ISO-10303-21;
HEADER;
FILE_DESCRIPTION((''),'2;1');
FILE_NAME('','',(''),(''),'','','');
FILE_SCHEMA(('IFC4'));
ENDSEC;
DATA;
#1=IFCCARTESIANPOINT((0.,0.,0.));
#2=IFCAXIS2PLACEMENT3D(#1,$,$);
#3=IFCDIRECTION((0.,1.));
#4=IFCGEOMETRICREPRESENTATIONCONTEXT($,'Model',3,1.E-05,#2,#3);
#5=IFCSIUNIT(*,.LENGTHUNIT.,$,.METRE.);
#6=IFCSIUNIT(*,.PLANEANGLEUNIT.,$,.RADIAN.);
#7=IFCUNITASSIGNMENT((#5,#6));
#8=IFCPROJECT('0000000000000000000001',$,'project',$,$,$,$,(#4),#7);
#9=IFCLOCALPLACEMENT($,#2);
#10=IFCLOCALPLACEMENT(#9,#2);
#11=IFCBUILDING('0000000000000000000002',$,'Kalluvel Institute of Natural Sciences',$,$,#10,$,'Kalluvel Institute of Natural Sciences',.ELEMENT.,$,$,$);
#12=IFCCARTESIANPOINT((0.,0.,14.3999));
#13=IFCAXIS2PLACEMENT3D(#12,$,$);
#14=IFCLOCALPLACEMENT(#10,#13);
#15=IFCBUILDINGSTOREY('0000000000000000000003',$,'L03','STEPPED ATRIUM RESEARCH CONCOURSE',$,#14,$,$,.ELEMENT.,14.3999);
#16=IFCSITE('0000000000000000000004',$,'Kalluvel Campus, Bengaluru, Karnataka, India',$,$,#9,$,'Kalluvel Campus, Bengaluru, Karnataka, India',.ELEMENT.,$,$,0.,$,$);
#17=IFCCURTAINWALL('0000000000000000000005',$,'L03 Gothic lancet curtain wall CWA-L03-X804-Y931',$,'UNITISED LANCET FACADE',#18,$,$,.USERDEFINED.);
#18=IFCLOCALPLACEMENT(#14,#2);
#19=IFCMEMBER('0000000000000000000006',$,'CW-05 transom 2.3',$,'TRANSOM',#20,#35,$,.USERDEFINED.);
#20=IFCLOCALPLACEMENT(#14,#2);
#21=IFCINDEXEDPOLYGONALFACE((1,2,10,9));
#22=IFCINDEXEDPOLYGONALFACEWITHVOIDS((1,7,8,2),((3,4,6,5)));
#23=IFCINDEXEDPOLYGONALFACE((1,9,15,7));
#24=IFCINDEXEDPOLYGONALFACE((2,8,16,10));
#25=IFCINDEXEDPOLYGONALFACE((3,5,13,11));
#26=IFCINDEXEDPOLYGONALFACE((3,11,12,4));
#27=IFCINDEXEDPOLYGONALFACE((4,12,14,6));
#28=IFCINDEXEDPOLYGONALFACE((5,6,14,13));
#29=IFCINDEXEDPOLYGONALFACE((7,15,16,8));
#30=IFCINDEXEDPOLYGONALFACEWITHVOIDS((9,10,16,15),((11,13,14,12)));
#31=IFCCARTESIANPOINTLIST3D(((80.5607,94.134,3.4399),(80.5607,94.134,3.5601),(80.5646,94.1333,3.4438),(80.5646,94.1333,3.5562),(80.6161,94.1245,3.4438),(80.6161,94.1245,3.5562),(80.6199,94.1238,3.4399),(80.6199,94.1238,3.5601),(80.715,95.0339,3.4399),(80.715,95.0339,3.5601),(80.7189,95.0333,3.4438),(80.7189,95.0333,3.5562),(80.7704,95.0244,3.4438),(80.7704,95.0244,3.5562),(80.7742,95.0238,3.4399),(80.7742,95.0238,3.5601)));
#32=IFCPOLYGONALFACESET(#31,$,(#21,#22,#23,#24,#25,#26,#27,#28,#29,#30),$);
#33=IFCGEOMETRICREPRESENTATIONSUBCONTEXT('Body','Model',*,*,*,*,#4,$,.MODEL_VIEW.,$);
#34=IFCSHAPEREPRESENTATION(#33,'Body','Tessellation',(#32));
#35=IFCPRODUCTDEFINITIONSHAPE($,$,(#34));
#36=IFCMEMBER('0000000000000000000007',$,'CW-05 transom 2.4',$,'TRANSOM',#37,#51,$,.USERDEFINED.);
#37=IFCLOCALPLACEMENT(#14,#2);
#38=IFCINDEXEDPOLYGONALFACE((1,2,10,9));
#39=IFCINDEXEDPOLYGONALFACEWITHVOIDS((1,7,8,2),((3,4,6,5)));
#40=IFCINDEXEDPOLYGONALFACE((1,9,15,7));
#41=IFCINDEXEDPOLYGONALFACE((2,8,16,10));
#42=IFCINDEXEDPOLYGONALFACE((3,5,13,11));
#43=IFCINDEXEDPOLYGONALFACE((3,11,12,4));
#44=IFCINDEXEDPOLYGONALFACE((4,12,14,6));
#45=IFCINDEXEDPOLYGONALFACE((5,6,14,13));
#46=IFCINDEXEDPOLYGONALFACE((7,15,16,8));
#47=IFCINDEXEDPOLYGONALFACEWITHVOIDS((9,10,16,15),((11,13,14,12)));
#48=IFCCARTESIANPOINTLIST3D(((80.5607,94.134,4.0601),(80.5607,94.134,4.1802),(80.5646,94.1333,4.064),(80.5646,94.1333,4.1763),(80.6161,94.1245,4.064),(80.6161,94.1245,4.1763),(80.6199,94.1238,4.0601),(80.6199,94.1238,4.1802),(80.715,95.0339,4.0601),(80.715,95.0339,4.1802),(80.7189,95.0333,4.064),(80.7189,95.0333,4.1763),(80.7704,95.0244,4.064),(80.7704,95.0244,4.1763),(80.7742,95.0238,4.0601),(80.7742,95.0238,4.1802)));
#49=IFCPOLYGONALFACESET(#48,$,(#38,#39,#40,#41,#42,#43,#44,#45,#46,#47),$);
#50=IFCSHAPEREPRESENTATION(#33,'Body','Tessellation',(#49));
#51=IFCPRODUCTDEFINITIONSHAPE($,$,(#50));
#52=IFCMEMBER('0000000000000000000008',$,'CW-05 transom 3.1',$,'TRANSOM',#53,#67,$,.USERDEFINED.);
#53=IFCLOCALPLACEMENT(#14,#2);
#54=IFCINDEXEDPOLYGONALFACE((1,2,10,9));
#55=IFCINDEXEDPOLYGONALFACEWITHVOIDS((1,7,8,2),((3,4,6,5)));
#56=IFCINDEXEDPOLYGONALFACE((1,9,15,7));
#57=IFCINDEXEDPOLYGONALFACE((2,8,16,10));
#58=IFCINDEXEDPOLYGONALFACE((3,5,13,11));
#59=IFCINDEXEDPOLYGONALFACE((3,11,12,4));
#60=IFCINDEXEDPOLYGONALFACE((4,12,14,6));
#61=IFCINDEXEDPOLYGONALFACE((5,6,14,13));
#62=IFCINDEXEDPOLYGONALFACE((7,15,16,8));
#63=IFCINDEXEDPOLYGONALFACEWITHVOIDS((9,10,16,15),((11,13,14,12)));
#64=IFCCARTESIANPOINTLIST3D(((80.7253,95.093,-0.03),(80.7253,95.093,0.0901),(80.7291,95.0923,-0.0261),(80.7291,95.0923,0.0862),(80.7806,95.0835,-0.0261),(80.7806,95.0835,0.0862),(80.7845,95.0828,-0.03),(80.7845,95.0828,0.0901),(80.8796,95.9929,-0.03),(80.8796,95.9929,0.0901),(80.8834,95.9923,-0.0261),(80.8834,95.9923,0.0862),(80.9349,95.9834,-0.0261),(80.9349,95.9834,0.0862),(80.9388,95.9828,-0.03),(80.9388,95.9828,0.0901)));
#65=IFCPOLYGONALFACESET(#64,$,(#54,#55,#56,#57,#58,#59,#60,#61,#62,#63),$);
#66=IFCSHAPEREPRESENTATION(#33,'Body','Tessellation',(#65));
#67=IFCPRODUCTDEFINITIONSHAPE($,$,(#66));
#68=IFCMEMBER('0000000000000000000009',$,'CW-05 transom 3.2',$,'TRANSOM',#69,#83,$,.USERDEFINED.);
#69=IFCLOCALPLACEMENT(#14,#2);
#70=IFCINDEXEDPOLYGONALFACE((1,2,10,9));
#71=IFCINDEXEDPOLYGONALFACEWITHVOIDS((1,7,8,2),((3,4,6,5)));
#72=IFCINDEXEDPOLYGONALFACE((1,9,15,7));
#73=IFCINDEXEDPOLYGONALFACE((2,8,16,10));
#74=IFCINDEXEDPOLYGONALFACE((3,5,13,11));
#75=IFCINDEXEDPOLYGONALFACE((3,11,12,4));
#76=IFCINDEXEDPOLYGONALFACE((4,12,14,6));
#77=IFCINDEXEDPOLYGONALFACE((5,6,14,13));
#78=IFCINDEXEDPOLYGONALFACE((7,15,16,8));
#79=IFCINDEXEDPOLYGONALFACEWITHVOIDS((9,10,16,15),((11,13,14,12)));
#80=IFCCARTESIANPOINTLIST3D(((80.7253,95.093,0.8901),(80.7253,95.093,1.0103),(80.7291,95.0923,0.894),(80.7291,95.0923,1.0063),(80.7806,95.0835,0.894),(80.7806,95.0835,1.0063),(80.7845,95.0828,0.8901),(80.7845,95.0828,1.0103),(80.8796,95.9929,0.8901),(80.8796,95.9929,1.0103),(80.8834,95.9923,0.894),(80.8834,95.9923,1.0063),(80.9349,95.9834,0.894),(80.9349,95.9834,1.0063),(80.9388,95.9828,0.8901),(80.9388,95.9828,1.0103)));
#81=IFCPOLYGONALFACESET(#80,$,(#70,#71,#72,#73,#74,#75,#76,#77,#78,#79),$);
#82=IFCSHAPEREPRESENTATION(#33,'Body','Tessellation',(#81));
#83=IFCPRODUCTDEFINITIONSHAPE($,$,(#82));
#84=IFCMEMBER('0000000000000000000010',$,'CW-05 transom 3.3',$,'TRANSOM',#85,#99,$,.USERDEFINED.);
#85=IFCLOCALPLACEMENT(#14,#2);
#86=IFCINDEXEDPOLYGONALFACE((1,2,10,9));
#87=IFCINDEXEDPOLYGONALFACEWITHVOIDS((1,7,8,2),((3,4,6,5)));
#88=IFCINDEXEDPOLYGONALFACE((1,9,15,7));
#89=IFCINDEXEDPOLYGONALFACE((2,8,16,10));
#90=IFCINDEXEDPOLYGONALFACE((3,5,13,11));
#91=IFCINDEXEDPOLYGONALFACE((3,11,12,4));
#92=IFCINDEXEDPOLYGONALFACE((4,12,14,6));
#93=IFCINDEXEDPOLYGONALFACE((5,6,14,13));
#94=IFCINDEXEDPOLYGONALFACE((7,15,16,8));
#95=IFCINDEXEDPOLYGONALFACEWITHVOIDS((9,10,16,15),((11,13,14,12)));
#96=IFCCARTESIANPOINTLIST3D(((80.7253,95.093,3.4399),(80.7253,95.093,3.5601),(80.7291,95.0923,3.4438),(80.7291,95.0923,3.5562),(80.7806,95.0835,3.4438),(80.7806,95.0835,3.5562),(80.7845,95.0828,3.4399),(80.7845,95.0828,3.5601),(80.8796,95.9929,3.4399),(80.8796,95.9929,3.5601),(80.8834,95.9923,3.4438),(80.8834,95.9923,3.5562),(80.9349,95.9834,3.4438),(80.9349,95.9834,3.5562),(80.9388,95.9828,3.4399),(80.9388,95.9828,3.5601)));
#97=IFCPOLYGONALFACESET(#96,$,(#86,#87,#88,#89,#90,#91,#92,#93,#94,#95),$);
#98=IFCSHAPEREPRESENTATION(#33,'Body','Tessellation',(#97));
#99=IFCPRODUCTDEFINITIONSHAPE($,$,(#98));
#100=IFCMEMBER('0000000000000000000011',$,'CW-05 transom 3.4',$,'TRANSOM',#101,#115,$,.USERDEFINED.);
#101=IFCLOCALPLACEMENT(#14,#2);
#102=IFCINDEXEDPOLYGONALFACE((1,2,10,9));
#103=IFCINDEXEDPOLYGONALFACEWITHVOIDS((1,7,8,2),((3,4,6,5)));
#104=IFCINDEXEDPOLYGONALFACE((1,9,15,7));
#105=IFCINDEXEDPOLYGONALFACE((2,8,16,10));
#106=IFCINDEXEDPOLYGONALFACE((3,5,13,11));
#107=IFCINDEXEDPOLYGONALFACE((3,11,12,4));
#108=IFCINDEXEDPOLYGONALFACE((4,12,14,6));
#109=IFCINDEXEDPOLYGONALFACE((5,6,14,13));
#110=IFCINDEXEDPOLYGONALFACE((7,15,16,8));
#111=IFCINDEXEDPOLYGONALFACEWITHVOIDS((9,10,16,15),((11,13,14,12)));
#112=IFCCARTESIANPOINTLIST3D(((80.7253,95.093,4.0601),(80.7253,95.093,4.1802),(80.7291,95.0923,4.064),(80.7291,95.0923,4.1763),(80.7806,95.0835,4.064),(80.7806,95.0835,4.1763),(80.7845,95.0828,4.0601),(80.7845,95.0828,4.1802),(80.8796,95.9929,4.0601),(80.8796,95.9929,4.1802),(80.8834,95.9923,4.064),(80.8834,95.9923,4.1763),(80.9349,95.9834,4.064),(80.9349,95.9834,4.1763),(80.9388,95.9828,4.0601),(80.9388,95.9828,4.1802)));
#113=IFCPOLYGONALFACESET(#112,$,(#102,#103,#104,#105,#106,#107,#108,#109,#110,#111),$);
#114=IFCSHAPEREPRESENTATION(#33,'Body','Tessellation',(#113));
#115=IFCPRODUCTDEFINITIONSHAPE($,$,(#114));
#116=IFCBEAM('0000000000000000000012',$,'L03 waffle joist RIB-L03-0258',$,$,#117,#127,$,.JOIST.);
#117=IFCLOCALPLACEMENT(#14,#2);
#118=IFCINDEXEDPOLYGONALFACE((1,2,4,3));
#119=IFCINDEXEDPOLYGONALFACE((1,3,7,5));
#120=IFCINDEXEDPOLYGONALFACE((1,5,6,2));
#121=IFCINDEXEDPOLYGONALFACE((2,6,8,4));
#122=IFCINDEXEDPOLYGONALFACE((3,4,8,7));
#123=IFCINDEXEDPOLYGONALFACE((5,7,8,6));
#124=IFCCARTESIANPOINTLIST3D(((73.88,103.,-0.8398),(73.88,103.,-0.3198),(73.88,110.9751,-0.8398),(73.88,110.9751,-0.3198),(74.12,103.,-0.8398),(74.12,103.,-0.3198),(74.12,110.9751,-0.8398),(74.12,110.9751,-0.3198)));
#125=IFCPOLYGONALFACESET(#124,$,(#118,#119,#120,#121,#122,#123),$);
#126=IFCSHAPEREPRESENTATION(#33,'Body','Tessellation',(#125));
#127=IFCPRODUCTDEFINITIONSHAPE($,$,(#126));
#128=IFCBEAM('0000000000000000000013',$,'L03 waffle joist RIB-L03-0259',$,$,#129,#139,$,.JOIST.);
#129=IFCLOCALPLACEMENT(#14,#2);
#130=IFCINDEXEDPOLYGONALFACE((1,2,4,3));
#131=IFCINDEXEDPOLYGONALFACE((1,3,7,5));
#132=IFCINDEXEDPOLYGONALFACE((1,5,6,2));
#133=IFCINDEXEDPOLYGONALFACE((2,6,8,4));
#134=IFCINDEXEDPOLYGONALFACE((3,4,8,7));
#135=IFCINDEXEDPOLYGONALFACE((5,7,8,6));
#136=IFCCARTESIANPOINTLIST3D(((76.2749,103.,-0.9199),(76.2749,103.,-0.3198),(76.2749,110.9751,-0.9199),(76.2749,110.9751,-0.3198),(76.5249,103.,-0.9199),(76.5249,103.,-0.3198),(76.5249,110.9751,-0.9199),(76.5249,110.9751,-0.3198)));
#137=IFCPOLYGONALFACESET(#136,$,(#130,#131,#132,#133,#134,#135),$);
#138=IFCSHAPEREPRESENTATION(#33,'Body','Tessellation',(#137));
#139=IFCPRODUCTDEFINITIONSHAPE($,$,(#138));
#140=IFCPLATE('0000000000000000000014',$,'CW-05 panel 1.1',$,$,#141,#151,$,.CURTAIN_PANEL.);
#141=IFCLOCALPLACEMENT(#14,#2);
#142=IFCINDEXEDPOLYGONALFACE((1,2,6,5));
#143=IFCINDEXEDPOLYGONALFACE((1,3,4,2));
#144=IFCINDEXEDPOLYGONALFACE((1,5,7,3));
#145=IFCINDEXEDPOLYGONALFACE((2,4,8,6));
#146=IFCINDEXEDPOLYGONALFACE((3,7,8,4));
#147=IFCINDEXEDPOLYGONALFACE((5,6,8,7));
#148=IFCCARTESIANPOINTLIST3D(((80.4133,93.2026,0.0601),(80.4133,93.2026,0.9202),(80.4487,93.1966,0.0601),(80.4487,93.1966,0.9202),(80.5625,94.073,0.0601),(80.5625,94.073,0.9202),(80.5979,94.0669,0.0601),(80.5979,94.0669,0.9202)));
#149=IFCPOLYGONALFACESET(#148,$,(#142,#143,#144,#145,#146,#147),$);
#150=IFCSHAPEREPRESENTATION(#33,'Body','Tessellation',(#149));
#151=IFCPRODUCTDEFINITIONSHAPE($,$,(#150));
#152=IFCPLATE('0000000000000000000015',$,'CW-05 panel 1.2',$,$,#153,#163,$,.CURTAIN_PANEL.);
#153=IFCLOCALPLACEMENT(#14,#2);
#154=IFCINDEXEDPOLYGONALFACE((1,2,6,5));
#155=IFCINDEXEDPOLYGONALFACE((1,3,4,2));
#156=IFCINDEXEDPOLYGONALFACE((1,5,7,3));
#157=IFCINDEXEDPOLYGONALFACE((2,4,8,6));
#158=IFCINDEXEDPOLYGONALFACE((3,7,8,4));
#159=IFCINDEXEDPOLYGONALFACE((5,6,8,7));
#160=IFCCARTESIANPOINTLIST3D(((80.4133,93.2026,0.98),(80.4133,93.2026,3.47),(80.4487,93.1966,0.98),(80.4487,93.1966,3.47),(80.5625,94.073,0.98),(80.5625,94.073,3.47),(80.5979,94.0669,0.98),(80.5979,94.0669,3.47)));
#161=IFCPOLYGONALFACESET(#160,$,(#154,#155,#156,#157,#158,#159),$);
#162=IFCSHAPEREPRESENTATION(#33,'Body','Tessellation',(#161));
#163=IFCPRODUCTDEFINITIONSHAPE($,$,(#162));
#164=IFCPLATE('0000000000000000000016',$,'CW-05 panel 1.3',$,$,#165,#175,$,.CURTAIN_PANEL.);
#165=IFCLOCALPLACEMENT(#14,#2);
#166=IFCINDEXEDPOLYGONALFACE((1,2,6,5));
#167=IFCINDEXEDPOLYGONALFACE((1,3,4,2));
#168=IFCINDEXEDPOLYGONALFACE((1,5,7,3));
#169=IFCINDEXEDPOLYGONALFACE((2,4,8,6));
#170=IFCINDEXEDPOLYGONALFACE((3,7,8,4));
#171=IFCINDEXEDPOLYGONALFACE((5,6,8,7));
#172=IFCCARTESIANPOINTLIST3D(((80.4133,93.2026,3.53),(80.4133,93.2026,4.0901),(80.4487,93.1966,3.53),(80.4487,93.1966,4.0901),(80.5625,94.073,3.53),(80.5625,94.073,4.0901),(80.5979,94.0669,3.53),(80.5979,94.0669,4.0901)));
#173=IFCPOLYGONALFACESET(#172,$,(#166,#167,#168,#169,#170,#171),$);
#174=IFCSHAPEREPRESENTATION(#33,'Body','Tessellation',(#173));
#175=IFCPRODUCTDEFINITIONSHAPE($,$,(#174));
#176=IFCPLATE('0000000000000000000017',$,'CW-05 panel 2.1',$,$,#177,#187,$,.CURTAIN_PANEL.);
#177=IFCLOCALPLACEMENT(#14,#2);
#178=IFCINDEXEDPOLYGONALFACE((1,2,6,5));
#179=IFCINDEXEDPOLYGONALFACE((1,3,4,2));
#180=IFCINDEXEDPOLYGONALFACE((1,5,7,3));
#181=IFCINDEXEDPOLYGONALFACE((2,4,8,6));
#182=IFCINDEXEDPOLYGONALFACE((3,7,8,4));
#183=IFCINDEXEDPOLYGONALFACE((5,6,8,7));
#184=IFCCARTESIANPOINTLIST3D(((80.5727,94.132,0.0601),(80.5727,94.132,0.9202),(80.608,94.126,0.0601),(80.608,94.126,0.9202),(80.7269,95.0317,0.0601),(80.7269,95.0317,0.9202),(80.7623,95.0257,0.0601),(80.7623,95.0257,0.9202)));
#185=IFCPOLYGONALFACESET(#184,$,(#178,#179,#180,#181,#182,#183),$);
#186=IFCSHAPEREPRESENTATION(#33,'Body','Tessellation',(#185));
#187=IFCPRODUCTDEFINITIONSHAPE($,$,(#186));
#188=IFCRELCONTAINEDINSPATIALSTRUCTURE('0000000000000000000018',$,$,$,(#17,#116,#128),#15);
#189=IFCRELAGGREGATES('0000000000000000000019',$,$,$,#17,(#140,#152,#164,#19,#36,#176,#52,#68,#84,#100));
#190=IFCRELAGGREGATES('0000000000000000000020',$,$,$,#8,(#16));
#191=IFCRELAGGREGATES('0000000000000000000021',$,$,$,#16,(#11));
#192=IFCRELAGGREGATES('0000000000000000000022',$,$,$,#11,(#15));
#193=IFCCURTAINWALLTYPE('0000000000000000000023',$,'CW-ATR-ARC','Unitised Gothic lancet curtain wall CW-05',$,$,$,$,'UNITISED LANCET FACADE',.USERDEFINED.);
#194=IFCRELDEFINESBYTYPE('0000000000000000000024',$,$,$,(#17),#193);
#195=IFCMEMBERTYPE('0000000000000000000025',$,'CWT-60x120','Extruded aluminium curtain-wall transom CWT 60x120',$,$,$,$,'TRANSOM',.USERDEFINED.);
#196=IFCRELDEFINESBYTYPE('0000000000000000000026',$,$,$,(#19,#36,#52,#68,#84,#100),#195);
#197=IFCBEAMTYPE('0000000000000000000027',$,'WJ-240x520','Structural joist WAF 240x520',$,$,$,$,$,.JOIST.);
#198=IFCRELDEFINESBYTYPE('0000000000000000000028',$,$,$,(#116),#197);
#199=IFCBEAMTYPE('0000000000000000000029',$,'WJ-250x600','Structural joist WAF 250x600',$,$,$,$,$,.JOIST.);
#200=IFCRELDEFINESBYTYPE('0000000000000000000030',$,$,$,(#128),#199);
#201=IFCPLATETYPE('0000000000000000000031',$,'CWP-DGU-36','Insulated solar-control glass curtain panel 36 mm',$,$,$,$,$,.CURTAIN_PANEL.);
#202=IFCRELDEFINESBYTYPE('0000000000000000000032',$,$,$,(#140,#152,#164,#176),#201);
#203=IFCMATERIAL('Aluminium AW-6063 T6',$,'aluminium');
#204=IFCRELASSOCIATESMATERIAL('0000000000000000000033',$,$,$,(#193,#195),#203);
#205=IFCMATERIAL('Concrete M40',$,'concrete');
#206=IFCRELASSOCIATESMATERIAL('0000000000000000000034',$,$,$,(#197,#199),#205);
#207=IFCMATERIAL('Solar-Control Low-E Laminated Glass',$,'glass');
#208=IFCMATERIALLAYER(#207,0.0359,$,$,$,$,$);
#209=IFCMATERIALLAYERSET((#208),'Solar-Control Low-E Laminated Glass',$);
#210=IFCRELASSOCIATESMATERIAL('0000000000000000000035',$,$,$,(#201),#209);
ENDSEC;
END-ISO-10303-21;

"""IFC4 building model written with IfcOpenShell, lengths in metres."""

from ifc_helpers import new_model, si_unit, direction, frame, origin, origin_2d, place, context, subcontext, project, spatial, rectangle, hollow_rectangle, extrude, material, layer, layer_set, material_profile, profile_set, type_object, element, aggregate, save


model = new_model("IFC4")

# Units and contexts
model_context = context("Model", 3, precision=1e-05, world=origin(), true_north=direction((0.0, 1.0)))
body_context = subcontext(model_context, "Body", "Model", "MODEL_VIEW")
ifc_project = project(units=[si_unit("LENGTHUNIT", "METRE"), si_unit("PLANEANGLEUNIT", "RADIAN")], contexts=[model_context])

# Site, building, storey
site_placement = place(None, origin())
site = spatial("IfcSite", under=ifc_project, at=site_placement, Name="Kalluvel Campus, Bengaluru, Karnataka, India", LongName="Kalluvel Campus, Bengaluru, Karnataka, India", CompositionType="ELEMENT", RefElevation=0.0)
building_placement = place(site_placement, origin())
building = spatial("IfcBuilding", under=site, at=building_placement, Name="Kalluvel Institute of Natural Sciences", LongName="Kalluvel Institute of Natural Sciences", CompositionType="ELEMENT")
storey_placement = place(building_placement, frame((0.0, 0.0, 14.3999)))
storey = spatial("IfcBuildingStorey", under=building, at=storey_placement, Name="L03", Description="STEPPED ATRIUM RESEARCH CONCOURSE", CompositionType="ELEMENT", Elevation=14.3999)

# Shared definitions
ifc_material_1 = material(Name="Concrete M40", Category="concrete")

# Curtain wall, members
ifc_material_2 = material(Name="Aluminium AW-6063 T6", Category="aluminium")
curtain_wall_type = type_object("IfcCurtainWallType", Name="CW-ATR-ARC", Description="Unitised Gothic lancet curtain wall CW-05", ElementType="UNITISED LANCET FACADE", PredefinedType="USERDEFINED", material=ifc_material_2)
curtain_wall_placement = place(storey_placement, origin())
curtain_wall = element("IfcCurtainWall", 1, at=curtain_wall_placement, inside=storey, type_object=curtain_wall_type, Name="L03 Gothic lancet curtain wall CWA-L03-X804-Y931", ObjectType="UNITISED LANCET FACADE", PredefinedType="USERDEFINED")
ifc_material_profile_1 = material_profile(ifc_material_2, hollow_rectangle(XDim=0.0601, YDim=0.1201, WallThickness=0.0039, at=origin_2d()), Name="CWT 60x120")
ifc_profile_set_1 = profile_set([ifc_material_profile_1], Name="Aluminium AW-6063 T6")
member_type_1 = type_object("IfcMemberType", Name="CWT-60x120", Description="Extruded aluminium curtain-wall transom CWT 60x120", ElementType="TRANSOM", PredefinedType="USERDEFINED", material=ifc_profile_set_1)
member_1_placement = place(storey_placement, frame((80.5903, 94.1289, 3.5), z_axis=(0.168994, 0.985617, 0.0), x_axis=(-0.985617, 0.168994, 0.0)))
member_1 = element("IfcMember", 2, at=member_1_placement, type_object=member_type_1, Name="CW-05 transom 2.3", ObjectType="TRANSOM", PredefinedType="USERDEFINED", context=body_context, shape_type="SweptSolid", body=[
    extrude(hollow_rectangle(XDim=0.0601, YDim=0.1201, WallThickness=0.0039, at=origin_2d()), origin(), (0.0, 0.0, 1.0), 0.9131),
])
member_2_placement = place(storey_placement, frame((80.5903, 94.1289, 4.1201), z_axis=(0.168994, 0.985617, 0.0), x_axis=(-0.985617, 0.168994, 0.0)))
member_2 = element("IfcMember", 3, at=member_2_placement, type_object=member_type_1, Name="CW-05 transom 2.4", ObjectType="TRANSOM", PredefinedType="USERDEFINED", context=body_context, shape_type="SweptSolid", body=[
    extrude(hollow_rectangle(XDim=0.0601, YDim=0.1201, WallThickness=0.0039, at=origin_2d()), origin(), (0.0, 0.0, 1.0), 0.9131),
])
member_3_placement = place(storey_placement, frame((80.7549, 95.0879, 0.03), z_axis=(0.168994, 0.985617, 0.0), x_axis=(-0.985617, 0.168994, 0.0)))
member_3 = element("IfcMember", 4, at=member_3_placement, type_object=member_type_1, Name="CW-05 transom 3.1", ObjectType="TRANSOM", PredefinedType="USERDEFINED", context=body_context, shape_type="SweptSolid", body=[
    extrude(hollow_rectangle(XDim=0.0601, YDim=0.1201, WallThickness=0.0039, at=origin_2d()), origin(), (0.0, 0.0, 1.0), 0.9131),
])
member_4_placement = place(storey_placement, frame((80.7549, 95.0879, 0.9502), z_axis=(0.168994, 0.985617, 0.0), x_axis=(-0.985617, 0.168994, 0.0)))
member_4 = element("IfcMember", 5, at=member_4_placement, type_object=member_type_1, Name="CW-05 transom 3.2", ObjectType="TRANSOM", PredefinedType="USERDEFINED", context=body_context, shape_type="SweptSolid", body=[
    extrude(hollow_rectangle(XDim=0.0601, YDim=0.1201, WallThickness=0.0039, at=origin_2d()), origin(), (0.0, 0.0, 1.0), 0.9131),
])
member_5_placement = place(storey_placement, frame((80.7549, 95.0879, 3.5), z_axis=(0.168994, 0.985617, 0.0), x_axis=(-0.985617, 0.168994, 0.0)))
member_5 = element("IfcMember", 6, at=member_5_placement, type_object=member_type_1, Name="CW-05 transom 3.3", ObjectType="TRANSOM", PredefinedType="USERDEFINED", context=body_context, shape_type="SweptSolid", body=[
    extrude(hollow_rectangle(XDim=0.0601, YDim=0.1201, WallThickness=0.0039, at=origin_2d()), origin(), (0.0, 0.0, 1.0), 0.9131),
])
member_6_placement = place(storey_placement, frame((80.7549, 95.0879, 4.1201), z_axis=(0.168994, 0.985617, 0.0), x_axis=(-0.985617, 0.168994, 0.0)))
member_6 = element("IfcMember", 7, at=member_6_placement, type_object=member_type_1, Name="CW-05 transom 3.4", ObjectType="TRANSOM", PredefinedType="USERDEFINED", context=body_context, shape_type="SweptSolid", body=[
    extrude(hollow_rectangle(XDim=0.0601, YDim=0.1201, WallThickness=0.0039, at=origin_2d()), origin(), (0.0, 0.0, 1.0), 0.9131),
])

# Beams
ifc_material_profile_2 = material_profile(ifc_material_1, rectangle(XDim=0.24, YDim=0.52, at=origin_2d()), Name="WAF 240x520")
ifc_profile_set_2 = profile_set([ifc_material_profile_2], Name="Concrete M40")
beam_type_1 = type_object("IfcBeamType", Name="WJ-240x520", Description="Structural joist WAF 240x520", PredefinedType="JOIST", material=ifc_profile_set_2)
beam_1_placement = place(storey_placement, frame((74.0, 103.0, -0.5798), z_axis=(0.0, 1.0, 0.0), x_axis=(-1.0, 0.0, 0.0)))
element("IfcBeam", 8, at=beam_1_placement, inside=storey, type_object=beam_type_1, Name="L03 waffle joist RIB-L03-0258", PredefinedType="JOIST", context=body_context, shape_type="SweptSolid", body=[
    extrude(rectangle(XDim=0.24, YDim=0.52, at=origin_2d()), origin(), (0.0, 0.0, 1.0), 7.9751),
])
ifc_material_profile_3 = material_profile(ifc_material_1, rectangle(XDim=0.25, YDim=0.6001, at=origin_2d()), Name="WAF 250x600")
ifc_profile_set_3 = profile_set([ifc_material_profile_3], Name="Concrete M40")
beam_type_2 = type_object("IfcBeamType", Name="WJ-250x600", Description="Structural joist WAF 250x600", PredefinedType="JOIST", material=ifc_profile_set_3)
beam_2_placement = place(storey_placement, frame((76.3999, 103.0, -0.6199), z_axis=(0.0, 1.0, 0.0), x_axis=(-1.0, 0.0, 0.0)))
element("IfcBeam", 9, at=beam_2_placement, inside=storey, type_object=beam_type_2, Name="L03 waffle joist RIB-L03-0259", PredefinedType="JOIST", context=body_context, shape_type="SweptSolid", body=[
    extrude(rectangle(XDim=0.25, YDim=0.6001, at=origin_2d()), origin(), (0.0, 0.0, 1.0), 7.9751),
])

# Plates
ifc_material_3 = material(Name="Solar-Control Low-E Laminated Glass", Category="glass")
ifc_layer_1 = layer(ifc_material_3, 0.0359)
ifc_layer_set_1 = layer_set([ifc_layer_1], Name="Solar-Control Low-E Laminated Glass")
plate_type = type_object("IfcPlateType", Name="CWP-DGU-36", Description="Insulated solar-control glass curtain panel 36 mm", PredefinedType="CURTAIN_PANEL", material=ifc_layer_set_1)
plate_1_placement = place(storey_placement, frame((80.5056, 93.6348, 0.0601), z_axis=(0.0, 0.0, 1.0), x_axis=(0.168997, 0.985617, 0.0)))
plate_1 = element("IfcPlate", 10, at=plate_1_placement, type_object=plate_type, Name="CW-05 panel 1.1", PredefinedType="CURTAIN_PANEL", context=body_context, shape_type="SweptSolid", body=[
    extrude(rectangle(XDim=0.8831, YDim=0.0359, at=origin_2d()), origin(), (0.0, 0.0, 1.0), 0.8601),
])
plate_2_placement = place(storey_placement, frame((80.5056, 93.6348, 0.98), z_axis=(0.0, 0.0, 1.0), x_axis=(0.168997, 0.985617, 0.0)))
plate_2 = element("IfcPlate", 11, at=plate_2_placement, type_object=plate_type, Name="CW-05 panel 1.2", PredefinedType="CURTAIN_PANEL", context=body_context, shape_type="SweptSolid", body=[
    extrude(rectangle(XDim=0.8831, YDim=0.0359, at=origin_2d()), origin(), (0.0, 0.0, 1.0), 2.49),
])
plate_3_placement = place(storey_placement, frame((80.5056, 93.6348, 3.53), z_axis=(0.0, 0.0, 1.0), x_axis=(0.168997, 0.985617, 0.0)))
plate_3 = element("IfcPlate", 12, at=plate_3_placement, type_object=plate_type, Name="CW-05 panel 1.3", PredefinedType="CURTAIN_PANEL", context=body_context, shape_type="SweptSolid", body=[
    extrude(rectangle(XDim=0.8831, YDim=0.0359, at=origin_2d()), origin(), (0.0, 0.0, 1.0), 0.5601),
])
plate_4_placement = place(storey_placement, frame((80.6675, 94.5789, 0.0601), z_axis=(0.0, 0.0, 1.0), x_axis=(0.168997, 0.985617, 0.0)))
plate_4 = element("IfcPlate", 13, at=plate_4_placement, type_object=plate_type, Name="CW-05 panel 2.1", PredefinedType="CURTAIN_PANEL", context=body_context, shape_type="SweptSolid", body=[
    extrude(rectangle(XDim=0.9128, YDim=0.0359, at=origin_2d()), origin(), (0.0, 0.0, 1.0), 0.8601),
])
aggregate(curtain_wall, [plate_1, plate_2, plate_3, member_1, member_2, plate_4, member_3, member_4, member_5, member_6])

save(model, "model.ifc")
